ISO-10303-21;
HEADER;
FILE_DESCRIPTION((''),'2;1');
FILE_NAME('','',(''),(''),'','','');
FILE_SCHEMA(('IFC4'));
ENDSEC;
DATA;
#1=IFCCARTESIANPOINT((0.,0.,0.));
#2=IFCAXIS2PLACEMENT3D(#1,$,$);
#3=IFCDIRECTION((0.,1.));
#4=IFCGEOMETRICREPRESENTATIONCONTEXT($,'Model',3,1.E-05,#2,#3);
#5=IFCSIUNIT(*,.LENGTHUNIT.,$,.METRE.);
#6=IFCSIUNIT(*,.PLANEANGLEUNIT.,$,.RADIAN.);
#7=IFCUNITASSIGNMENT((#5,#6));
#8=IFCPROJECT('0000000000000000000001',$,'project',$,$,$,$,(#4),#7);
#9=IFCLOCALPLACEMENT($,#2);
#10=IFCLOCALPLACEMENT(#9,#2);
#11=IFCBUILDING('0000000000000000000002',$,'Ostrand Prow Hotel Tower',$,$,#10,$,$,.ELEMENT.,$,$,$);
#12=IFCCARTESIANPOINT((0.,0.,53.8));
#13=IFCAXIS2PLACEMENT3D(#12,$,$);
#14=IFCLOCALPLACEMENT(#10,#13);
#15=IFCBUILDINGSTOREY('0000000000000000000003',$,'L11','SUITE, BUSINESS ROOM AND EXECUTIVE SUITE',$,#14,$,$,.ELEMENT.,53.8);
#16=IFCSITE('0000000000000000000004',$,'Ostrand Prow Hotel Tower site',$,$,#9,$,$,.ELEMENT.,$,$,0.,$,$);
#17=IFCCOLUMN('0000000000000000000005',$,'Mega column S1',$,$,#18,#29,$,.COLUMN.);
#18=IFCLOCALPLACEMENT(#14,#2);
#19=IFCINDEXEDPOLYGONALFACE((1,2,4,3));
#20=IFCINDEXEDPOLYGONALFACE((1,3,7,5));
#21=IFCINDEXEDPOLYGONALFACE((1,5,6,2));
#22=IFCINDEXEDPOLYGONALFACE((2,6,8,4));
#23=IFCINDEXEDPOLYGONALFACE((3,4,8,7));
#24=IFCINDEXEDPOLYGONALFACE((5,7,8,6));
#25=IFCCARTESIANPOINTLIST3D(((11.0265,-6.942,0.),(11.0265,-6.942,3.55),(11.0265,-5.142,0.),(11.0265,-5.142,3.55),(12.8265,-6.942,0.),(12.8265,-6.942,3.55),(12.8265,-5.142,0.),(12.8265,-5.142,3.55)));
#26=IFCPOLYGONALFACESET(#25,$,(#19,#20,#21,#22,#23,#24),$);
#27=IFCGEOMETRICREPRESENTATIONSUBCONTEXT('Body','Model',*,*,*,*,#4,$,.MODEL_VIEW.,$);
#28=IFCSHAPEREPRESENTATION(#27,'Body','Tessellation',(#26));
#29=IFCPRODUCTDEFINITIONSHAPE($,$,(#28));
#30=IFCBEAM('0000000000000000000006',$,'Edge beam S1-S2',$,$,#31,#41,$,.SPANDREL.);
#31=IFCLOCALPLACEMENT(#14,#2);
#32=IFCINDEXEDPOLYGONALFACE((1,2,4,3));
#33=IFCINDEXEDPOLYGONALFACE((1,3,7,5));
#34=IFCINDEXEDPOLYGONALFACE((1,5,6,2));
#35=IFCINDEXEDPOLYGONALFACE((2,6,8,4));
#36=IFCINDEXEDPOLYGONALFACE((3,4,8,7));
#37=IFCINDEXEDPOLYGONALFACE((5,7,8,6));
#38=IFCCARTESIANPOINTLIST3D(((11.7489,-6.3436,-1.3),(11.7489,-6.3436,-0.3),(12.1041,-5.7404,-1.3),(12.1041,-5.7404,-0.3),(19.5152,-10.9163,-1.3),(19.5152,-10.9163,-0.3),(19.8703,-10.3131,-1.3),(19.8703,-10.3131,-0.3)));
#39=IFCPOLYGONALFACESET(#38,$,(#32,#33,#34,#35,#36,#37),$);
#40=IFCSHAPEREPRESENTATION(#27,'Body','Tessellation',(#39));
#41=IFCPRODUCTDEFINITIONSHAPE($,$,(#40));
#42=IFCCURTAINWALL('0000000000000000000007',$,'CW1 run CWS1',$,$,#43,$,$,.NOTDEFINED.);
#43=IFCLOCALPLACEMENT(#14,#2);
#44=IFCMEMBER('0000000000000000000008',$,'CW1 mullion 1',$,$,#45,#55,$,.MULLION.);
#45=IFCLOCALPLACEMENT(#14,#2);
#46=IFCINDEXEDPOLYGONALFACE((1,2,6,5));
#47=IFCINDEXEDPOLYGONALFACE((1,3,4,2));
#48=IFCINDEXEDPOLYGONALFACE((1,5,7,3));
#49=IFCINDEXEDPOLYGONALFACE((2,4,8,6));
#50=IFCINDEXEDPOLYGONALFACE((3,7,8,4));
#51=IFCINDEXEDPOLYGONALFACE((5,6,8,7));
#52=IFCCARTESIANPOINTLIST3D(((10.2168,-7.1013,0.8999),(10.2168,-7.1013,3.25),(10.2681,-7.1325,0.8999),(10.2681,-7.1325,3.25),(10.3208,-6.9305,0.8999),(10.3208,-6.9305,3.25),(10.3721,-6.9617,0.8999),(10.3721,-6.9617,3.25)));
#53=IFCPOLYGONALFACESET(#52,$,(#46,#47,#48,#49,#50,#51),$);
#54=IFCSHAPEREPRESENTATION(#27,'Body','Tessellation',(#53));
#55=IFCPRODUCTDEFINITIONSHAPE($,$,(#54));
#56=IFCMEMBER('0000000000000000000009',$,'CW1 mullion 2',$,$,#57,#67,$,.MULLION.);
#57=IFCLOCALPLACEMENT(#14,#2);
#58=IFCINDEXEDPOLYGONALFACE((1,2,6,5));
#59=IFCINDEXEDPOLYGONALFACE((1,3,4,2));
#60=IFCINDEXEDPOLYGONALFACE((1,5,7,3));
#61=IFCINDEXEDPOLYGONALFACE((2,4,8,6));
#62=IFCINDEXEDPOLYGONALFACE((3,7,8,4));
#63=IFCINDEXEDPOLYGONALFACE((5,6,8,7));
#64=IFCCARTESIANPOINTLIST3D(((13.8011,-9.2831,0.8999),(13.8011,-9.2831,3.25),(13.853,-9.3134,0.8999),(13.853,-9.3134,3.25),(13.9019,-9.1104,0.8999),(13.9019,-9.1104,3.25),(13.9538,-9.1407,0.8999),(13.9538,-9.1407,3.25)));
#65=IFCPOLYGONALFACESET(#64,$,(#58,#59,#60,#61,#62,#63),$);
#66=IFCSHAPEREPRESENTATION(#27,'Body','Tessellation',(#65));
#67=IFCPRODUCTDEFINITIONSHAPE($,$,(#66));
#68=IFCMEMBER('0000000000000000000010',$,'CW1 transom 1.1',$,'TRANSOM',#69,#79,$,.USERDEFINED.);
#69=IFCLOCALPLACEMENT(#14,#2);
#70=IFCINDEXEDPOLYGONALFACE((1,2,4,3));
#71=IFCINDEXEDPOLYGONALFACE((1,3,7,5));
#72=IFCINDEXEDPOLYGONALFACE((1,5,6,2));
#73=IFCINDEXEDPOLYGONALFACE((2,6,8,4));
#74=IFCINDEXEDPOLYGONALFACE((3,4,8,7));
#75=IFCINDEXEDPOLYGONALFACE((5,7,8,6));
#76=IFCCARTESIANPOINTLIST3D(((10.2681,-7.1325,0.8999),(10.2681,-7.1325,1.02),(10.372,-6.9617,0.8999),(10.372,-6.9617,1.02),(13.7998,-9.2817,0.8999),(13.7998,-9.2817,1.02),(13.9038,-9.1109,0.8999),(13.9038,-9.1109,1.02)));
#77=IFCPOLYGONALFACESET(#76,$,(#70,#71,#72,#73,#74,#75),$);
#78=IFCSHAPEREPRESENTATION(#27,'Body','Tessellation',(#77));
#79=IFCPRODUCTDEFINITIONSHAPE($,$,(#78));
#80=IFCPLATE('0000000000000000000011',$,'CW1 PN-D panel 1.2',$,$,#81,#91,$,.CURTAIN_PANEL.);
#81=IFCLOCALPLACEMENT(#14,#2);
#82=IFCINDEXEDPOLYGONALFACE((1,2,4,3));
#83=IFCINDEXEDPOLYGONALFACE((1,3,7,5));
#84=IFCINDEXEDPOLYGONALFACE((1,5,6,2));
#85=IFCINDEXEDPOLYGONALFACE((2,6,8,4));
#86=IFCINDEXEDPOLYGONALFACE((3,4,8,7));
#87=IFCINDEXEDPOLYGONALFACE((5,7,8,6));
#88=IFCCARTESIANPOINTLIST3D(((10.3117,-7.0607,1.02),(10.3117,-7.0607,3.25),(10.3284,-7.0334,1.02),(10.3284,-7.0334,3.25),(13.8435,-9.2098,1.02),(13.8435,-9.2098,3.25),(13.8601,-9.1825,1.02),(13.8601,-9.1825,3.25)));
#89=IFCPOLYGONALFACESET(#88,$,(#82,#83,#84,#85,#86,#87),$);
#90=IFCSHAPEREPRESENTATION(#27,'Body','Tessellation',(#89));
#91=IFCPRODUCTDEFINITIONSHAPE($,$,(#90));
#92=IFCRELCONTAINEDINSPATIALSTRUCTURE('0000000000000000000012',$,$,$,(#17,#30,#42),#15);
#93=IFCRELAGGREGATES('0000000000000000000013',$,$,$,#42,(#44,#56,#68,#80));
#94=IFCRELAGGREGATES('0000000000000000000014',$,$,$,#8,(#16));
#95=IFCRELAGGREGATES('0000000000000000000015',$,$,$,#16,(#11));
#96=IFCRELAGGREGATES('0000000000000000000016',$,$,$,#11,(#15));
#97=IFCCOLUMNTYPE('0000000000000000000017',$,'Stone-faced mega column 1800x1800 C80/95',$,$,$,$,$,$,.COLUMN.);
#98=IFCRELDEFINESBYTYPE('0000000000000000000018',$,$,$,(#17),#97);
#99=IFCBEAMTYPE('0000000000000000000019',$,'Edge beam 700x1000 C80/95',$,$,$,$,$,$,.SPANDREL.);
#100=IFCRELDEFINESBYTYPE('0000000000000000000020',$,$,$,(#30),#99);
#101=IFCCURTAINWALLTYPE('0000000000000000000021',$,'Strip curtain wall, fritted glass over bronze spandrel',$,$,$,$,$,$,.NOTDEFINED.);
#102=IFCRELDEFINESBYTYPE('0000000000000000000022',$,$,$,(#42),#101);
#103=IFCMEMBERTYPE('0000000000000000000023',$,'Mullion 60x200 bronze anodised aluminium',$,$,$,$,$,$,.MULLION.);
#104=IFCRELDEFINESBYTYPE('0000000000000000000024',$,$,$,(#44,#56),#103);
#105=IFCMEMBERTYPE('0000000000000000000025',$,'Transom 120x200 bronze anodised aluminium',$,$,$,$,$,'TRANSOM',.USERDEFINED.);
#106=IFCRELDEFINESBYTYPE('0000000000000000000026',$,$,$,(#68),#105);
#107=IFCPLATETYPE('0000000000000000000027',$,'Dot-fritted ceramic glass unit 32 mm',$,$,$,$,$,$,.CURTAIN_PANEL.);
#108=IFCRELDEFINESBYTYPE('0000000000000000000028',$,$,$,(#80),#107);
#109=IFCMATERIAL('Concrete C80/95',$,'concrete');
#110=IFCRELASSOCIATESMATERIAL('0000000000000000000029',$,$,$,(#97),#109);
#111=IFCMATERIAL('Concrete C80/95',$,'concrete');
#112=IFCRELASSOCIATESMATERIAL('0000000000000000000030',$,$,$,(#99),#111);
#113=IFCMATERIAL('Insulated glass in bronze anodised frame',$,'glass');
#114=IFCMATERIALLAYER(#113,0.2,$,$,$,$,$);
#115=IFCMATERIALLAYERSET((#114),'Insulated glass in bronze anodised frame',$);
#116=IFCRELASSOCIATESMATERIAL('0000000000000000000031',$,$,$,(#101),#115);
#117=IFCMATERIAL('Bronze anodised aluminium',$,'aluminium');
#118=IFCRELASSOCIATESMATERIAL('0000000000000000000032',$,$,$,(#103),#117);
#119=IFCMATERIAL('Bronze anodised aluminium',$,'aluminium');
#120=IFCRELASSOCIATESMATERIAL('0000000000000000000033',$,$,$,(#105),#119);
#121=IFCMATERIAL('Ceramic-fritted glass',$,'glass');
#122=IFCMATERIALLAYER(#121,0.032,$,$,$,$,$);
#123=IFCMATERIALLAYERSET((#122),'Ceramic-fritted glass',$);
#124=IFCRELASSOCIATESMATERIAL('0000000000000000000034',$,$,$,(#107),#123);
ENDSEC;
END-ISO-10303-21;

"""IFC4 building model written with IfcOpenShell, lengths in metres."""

from ifc_helpers import new_model, si_unit, direction, frame, origin, origin_2d, place, context, subcontext, project, spatial, rectangle, extrude, material, layer, layer_set, material_profile, profile_set, type_object, element, aggregate, save


model = new_model("IFC4")

# Units and contexts
model_context = context("Model", 3, precision=1e-05, world=origin(), true_north=direction((0.0, 1.0)))
body_context = subcontext(model_context, "Body", "Model", "MODEL_VIEW")
ifc_project = project(units=[si_unit("LENGTHUNIT", "METRE"), si_unit("PLANEANGLEUNIT", "RADIAN")], contexts=[model_context])

# Site, building, storey
site_placement = place(None, origin())
site = spatial("IfcSite", under=ifc_project, at=site_placement, Name="Ostrand Prow Hotel Tower site", CompositionType="ELEMENT", RefElevation=0.0)
building_placement = place(site_placement, origin())
building = spatial("IfcBuilding", under=site, at=building_placement, Name="Ostrand Prow Hotel Tower", CompositionType="ELEMENT")
storey_placement = place(building_placement, frame((0.0, 0.0, 53.8)))
storey = spatial("IfcBuildingStorey", under=building, at=storey_placement, Name="L11", Description="SUITE, BUSINESS ROOM AND EXECUTIVE SUITE", CompositionType="ELEMENT", Elevation=53.8)

# Column
ifc_material_1 = material(Name="Concrete C80/95", Category="concrete")
ifc_material_profile_1 = material_profile(ifc_material_1, rectangle(XDim=1.8, YDim=1.8, at=origin_2d()), Name="RC 1800x1800")
ifc_profile_set_1 = profile_set([ifc_material_profile_1], Name="Concrete C80/95")
column_type = type_object("IfcColumnType", Name="Stone-faced mega column 1800x1800 C80/95", PredefinedType="COLUMN", material=ifc_profile_set_1)
column_placement = place(storey_placement, frame((11.9265, -6.042, 0.0), z_axis=(0.0, 0.0, 1.0), x_axis=(1.0, 0.0, 0.0)))
element("IfcColumn", 1, at=column_placement, inside=storey, type_object=column_type, Name="Mega column S1", PredefinedType="COLUMN", context=body_context, shape_type="SweptSolid", body=[
    extrude(rectangle(XDim=1.8, YDim=1.8, at=origin_2d()), origin(), (0.0, 0.0, 1.0), 3.55),
])

# Beam
ifc_material_2 = material(Name="Concrete C80/95", Category="concrete")
ifc_material_profile_2 = material_profile(ifc_material_2, rectangle(XDim=0.7, YDim=1.0, at=origin_2d()), Name="RC 700x1000")
ifc_profile_set_2 = profile_set([ifc_material_profile_2], Name="Concrete C80/95")
beam_type = type_object("IfcBeamType", Name="Edge beam 700x1000 C80/95", PredefinedType="SPANDREL", material=ifc_profile_set_2)
beam_placement = place(storey_placement, frame((11.9265, -6.042, -0.8), z_axis=(0.861725, -0.507375, 0.0), x_axis=(0.507375, 0.861725, 0.0)))
element("IfcBeam", 2, at=beam_placement, inside=storey, type_object=beam_type, Name="Edge beam S1-S2", PredefinedType="SPANDREL", context=body_context, shape_type="SweptSolid", body=[
    extrude(rectangle(XDim=0.7, YDim=1.0, at=origin_2d()), origin(), (0.0, 0.0, 1.0), 9.0125),
])

# Curtain wall, members, plate
ifc_material_3 = material(Name="Insulated glass in bronze anodised frame", Category="glass")
ifc_layer_1 = layer(ifc_material_3, 0.2)
ifc_layer_set_1 = layer_set([ifc_layer_1], Name="Insulated glass in bronze anodised frame")
curtain_wall_type = type_object("IfcCurtainWallType", Name="Strip curtain wall, fritted glass over bronze spandrel", PredefinedType="NOTDEFINED", material=ifc_layer_set_1)
curtain_wall_placement = place(storey_placement, origin())
curtain_wall = element("IfcCurtainWall", 3, at=curtain_wall_placement, inside=storey, type_object=curtain_wall_type, Name="CW1 run CWS1", PredefinedType="NOTDEFINED")
ifc_material_4 = material(Name="Bronze anodised aluminium", Category="aluminium")
ifc_material_profile_3 = material_profile(ifc_material_4, rectangle(XDim=0.2, YDim=0.0601, at=origin_2d()), Name="Mullion 60x200 bronze anodised aluminium")
ifc_profile_set_3 = profile_set([ifc_material_profile_3], Name="Bronze anodised aluminium")
member_type_1 = type_object("IfcMemberType", Name="Mullion 60x200 bronze anodised aluminium", PredefinedType="MULLION", material=ifc_profile_set_3)
member_1_placement = place(storey_placement, frame((10.2944, -7.0315, 0.8999), z_axis=(0.0, 0.0, 1.0), x_axis=(0.519831, 0.854269, 0.0)))
member_1 = element("IfcMember", 4, at=member_1_placement, type_object=member_type_1, Name="CW1 mullion 1", PredefinedType="MULLION", context=body_context, shape_type="SweptSolid", body=[
    extrude(rectangle(XDim=0.2, YDim=0.0601, at=origin_2d()), origin(), (0.0, 0.0, 1.0), 2.3501),
])
member_2_placement = place(storey_placement, frame((13.8774, -9.2119, 0.8999), z_axis=(0.0, 0.0, 1.0), x_axis=(0.504023, 0.86369, 0.0)))
member_2 = element("IfcMember", 5, at=member_2_placement, type_object=member_type_1, Name="CW1 mullion 2", PredefinedType="MULLION", context=body_context, shape_type="SweptSolid", body=[
    extrude(rectangle(XDim=0.2, YDim=0.0601, at=origin_2d()), origin(), (0.0, 0.0, 1.0), 2.3501),
])
ifc_material_5 = material(Name="Bronze anodised aluminium", Category="aluminium")
ifc_material_profile_4 = material_profile(ifc_material_5, rectangle(XDim=0.2, YDim=0.1201, at=origin_2d()), Name="Transom 120x200 bronze anodised aluminium")
ifc_profile_set_4 = profile_set([ifc_material_profile_4], Name="Bronze anodised aluminium")
member_type_2 = type_object("IfcMemberType", Name="Transom 120x200 bronze anodised aluminium", ElementType="TRANSOM", PredefinedType="USERDEFINED", material=ifc_profile_set_4)
member_3_placement = place(storey_placement, frame((10.3201, -7.0471, 0.96), z_axis=(0.854261, -0.519844, 0.0), x_axis=(0.519844, 0.854261, 0.0)))
member_3 = element("IfcMember", 6, at=member_3_placement, type_object=member_type_2, Name="CW1 transom 1.1", ObjectType="TRANSOM", PredefinedType="USERDEFINED", context=body_context, shape_type="SweptSolid", body=[
    extrude(rectangle(XDim=0.2, YDim=0.1201, at=origin_2d()), origin(), (0.0, 0.0, 1.0), 4.1343),
])
ifc_material_6 = material(Name="Ceramic-fritted glass", Category="glass")
ifc_layer_2 = layer(ifc_material_6, 0.032)
ifc_layer_set_2 = layer_set([ifc_layer_2], Name="Ceramic-fritted glass")
plate_type = type_object("IfcPlateType", Name="Dot-fritted ceramic glass unit 32 mm", PredefinedType="CURTAIN_PANEL", material=ifc_layer_set_2)
plate_placement = place(storey_placement, frame((12.0859, -8.1216, 1.02), z_axis=(0.0, 0.0, 1.0), x_axis=(0.854269, -0.519831, 0.0)))
plate = element("IfcPlate", 7, at=plate_placement, type_object=plate_type, Name="CW1 PN-D panel 1.2", PredefinedType="CURTAIN_PANEL", context=body_context, shape_type="SweptSolid", body=[
    extrude(rectangle(XDim=4.1343, YDim=0.032, at=origin_2d()), origin(), (0.0, 0.0, 1.0), 2.23),
])
aggregate(curtain_wall, [member_1, member_2, member_3, plate])

save(model, "model.ifc")
